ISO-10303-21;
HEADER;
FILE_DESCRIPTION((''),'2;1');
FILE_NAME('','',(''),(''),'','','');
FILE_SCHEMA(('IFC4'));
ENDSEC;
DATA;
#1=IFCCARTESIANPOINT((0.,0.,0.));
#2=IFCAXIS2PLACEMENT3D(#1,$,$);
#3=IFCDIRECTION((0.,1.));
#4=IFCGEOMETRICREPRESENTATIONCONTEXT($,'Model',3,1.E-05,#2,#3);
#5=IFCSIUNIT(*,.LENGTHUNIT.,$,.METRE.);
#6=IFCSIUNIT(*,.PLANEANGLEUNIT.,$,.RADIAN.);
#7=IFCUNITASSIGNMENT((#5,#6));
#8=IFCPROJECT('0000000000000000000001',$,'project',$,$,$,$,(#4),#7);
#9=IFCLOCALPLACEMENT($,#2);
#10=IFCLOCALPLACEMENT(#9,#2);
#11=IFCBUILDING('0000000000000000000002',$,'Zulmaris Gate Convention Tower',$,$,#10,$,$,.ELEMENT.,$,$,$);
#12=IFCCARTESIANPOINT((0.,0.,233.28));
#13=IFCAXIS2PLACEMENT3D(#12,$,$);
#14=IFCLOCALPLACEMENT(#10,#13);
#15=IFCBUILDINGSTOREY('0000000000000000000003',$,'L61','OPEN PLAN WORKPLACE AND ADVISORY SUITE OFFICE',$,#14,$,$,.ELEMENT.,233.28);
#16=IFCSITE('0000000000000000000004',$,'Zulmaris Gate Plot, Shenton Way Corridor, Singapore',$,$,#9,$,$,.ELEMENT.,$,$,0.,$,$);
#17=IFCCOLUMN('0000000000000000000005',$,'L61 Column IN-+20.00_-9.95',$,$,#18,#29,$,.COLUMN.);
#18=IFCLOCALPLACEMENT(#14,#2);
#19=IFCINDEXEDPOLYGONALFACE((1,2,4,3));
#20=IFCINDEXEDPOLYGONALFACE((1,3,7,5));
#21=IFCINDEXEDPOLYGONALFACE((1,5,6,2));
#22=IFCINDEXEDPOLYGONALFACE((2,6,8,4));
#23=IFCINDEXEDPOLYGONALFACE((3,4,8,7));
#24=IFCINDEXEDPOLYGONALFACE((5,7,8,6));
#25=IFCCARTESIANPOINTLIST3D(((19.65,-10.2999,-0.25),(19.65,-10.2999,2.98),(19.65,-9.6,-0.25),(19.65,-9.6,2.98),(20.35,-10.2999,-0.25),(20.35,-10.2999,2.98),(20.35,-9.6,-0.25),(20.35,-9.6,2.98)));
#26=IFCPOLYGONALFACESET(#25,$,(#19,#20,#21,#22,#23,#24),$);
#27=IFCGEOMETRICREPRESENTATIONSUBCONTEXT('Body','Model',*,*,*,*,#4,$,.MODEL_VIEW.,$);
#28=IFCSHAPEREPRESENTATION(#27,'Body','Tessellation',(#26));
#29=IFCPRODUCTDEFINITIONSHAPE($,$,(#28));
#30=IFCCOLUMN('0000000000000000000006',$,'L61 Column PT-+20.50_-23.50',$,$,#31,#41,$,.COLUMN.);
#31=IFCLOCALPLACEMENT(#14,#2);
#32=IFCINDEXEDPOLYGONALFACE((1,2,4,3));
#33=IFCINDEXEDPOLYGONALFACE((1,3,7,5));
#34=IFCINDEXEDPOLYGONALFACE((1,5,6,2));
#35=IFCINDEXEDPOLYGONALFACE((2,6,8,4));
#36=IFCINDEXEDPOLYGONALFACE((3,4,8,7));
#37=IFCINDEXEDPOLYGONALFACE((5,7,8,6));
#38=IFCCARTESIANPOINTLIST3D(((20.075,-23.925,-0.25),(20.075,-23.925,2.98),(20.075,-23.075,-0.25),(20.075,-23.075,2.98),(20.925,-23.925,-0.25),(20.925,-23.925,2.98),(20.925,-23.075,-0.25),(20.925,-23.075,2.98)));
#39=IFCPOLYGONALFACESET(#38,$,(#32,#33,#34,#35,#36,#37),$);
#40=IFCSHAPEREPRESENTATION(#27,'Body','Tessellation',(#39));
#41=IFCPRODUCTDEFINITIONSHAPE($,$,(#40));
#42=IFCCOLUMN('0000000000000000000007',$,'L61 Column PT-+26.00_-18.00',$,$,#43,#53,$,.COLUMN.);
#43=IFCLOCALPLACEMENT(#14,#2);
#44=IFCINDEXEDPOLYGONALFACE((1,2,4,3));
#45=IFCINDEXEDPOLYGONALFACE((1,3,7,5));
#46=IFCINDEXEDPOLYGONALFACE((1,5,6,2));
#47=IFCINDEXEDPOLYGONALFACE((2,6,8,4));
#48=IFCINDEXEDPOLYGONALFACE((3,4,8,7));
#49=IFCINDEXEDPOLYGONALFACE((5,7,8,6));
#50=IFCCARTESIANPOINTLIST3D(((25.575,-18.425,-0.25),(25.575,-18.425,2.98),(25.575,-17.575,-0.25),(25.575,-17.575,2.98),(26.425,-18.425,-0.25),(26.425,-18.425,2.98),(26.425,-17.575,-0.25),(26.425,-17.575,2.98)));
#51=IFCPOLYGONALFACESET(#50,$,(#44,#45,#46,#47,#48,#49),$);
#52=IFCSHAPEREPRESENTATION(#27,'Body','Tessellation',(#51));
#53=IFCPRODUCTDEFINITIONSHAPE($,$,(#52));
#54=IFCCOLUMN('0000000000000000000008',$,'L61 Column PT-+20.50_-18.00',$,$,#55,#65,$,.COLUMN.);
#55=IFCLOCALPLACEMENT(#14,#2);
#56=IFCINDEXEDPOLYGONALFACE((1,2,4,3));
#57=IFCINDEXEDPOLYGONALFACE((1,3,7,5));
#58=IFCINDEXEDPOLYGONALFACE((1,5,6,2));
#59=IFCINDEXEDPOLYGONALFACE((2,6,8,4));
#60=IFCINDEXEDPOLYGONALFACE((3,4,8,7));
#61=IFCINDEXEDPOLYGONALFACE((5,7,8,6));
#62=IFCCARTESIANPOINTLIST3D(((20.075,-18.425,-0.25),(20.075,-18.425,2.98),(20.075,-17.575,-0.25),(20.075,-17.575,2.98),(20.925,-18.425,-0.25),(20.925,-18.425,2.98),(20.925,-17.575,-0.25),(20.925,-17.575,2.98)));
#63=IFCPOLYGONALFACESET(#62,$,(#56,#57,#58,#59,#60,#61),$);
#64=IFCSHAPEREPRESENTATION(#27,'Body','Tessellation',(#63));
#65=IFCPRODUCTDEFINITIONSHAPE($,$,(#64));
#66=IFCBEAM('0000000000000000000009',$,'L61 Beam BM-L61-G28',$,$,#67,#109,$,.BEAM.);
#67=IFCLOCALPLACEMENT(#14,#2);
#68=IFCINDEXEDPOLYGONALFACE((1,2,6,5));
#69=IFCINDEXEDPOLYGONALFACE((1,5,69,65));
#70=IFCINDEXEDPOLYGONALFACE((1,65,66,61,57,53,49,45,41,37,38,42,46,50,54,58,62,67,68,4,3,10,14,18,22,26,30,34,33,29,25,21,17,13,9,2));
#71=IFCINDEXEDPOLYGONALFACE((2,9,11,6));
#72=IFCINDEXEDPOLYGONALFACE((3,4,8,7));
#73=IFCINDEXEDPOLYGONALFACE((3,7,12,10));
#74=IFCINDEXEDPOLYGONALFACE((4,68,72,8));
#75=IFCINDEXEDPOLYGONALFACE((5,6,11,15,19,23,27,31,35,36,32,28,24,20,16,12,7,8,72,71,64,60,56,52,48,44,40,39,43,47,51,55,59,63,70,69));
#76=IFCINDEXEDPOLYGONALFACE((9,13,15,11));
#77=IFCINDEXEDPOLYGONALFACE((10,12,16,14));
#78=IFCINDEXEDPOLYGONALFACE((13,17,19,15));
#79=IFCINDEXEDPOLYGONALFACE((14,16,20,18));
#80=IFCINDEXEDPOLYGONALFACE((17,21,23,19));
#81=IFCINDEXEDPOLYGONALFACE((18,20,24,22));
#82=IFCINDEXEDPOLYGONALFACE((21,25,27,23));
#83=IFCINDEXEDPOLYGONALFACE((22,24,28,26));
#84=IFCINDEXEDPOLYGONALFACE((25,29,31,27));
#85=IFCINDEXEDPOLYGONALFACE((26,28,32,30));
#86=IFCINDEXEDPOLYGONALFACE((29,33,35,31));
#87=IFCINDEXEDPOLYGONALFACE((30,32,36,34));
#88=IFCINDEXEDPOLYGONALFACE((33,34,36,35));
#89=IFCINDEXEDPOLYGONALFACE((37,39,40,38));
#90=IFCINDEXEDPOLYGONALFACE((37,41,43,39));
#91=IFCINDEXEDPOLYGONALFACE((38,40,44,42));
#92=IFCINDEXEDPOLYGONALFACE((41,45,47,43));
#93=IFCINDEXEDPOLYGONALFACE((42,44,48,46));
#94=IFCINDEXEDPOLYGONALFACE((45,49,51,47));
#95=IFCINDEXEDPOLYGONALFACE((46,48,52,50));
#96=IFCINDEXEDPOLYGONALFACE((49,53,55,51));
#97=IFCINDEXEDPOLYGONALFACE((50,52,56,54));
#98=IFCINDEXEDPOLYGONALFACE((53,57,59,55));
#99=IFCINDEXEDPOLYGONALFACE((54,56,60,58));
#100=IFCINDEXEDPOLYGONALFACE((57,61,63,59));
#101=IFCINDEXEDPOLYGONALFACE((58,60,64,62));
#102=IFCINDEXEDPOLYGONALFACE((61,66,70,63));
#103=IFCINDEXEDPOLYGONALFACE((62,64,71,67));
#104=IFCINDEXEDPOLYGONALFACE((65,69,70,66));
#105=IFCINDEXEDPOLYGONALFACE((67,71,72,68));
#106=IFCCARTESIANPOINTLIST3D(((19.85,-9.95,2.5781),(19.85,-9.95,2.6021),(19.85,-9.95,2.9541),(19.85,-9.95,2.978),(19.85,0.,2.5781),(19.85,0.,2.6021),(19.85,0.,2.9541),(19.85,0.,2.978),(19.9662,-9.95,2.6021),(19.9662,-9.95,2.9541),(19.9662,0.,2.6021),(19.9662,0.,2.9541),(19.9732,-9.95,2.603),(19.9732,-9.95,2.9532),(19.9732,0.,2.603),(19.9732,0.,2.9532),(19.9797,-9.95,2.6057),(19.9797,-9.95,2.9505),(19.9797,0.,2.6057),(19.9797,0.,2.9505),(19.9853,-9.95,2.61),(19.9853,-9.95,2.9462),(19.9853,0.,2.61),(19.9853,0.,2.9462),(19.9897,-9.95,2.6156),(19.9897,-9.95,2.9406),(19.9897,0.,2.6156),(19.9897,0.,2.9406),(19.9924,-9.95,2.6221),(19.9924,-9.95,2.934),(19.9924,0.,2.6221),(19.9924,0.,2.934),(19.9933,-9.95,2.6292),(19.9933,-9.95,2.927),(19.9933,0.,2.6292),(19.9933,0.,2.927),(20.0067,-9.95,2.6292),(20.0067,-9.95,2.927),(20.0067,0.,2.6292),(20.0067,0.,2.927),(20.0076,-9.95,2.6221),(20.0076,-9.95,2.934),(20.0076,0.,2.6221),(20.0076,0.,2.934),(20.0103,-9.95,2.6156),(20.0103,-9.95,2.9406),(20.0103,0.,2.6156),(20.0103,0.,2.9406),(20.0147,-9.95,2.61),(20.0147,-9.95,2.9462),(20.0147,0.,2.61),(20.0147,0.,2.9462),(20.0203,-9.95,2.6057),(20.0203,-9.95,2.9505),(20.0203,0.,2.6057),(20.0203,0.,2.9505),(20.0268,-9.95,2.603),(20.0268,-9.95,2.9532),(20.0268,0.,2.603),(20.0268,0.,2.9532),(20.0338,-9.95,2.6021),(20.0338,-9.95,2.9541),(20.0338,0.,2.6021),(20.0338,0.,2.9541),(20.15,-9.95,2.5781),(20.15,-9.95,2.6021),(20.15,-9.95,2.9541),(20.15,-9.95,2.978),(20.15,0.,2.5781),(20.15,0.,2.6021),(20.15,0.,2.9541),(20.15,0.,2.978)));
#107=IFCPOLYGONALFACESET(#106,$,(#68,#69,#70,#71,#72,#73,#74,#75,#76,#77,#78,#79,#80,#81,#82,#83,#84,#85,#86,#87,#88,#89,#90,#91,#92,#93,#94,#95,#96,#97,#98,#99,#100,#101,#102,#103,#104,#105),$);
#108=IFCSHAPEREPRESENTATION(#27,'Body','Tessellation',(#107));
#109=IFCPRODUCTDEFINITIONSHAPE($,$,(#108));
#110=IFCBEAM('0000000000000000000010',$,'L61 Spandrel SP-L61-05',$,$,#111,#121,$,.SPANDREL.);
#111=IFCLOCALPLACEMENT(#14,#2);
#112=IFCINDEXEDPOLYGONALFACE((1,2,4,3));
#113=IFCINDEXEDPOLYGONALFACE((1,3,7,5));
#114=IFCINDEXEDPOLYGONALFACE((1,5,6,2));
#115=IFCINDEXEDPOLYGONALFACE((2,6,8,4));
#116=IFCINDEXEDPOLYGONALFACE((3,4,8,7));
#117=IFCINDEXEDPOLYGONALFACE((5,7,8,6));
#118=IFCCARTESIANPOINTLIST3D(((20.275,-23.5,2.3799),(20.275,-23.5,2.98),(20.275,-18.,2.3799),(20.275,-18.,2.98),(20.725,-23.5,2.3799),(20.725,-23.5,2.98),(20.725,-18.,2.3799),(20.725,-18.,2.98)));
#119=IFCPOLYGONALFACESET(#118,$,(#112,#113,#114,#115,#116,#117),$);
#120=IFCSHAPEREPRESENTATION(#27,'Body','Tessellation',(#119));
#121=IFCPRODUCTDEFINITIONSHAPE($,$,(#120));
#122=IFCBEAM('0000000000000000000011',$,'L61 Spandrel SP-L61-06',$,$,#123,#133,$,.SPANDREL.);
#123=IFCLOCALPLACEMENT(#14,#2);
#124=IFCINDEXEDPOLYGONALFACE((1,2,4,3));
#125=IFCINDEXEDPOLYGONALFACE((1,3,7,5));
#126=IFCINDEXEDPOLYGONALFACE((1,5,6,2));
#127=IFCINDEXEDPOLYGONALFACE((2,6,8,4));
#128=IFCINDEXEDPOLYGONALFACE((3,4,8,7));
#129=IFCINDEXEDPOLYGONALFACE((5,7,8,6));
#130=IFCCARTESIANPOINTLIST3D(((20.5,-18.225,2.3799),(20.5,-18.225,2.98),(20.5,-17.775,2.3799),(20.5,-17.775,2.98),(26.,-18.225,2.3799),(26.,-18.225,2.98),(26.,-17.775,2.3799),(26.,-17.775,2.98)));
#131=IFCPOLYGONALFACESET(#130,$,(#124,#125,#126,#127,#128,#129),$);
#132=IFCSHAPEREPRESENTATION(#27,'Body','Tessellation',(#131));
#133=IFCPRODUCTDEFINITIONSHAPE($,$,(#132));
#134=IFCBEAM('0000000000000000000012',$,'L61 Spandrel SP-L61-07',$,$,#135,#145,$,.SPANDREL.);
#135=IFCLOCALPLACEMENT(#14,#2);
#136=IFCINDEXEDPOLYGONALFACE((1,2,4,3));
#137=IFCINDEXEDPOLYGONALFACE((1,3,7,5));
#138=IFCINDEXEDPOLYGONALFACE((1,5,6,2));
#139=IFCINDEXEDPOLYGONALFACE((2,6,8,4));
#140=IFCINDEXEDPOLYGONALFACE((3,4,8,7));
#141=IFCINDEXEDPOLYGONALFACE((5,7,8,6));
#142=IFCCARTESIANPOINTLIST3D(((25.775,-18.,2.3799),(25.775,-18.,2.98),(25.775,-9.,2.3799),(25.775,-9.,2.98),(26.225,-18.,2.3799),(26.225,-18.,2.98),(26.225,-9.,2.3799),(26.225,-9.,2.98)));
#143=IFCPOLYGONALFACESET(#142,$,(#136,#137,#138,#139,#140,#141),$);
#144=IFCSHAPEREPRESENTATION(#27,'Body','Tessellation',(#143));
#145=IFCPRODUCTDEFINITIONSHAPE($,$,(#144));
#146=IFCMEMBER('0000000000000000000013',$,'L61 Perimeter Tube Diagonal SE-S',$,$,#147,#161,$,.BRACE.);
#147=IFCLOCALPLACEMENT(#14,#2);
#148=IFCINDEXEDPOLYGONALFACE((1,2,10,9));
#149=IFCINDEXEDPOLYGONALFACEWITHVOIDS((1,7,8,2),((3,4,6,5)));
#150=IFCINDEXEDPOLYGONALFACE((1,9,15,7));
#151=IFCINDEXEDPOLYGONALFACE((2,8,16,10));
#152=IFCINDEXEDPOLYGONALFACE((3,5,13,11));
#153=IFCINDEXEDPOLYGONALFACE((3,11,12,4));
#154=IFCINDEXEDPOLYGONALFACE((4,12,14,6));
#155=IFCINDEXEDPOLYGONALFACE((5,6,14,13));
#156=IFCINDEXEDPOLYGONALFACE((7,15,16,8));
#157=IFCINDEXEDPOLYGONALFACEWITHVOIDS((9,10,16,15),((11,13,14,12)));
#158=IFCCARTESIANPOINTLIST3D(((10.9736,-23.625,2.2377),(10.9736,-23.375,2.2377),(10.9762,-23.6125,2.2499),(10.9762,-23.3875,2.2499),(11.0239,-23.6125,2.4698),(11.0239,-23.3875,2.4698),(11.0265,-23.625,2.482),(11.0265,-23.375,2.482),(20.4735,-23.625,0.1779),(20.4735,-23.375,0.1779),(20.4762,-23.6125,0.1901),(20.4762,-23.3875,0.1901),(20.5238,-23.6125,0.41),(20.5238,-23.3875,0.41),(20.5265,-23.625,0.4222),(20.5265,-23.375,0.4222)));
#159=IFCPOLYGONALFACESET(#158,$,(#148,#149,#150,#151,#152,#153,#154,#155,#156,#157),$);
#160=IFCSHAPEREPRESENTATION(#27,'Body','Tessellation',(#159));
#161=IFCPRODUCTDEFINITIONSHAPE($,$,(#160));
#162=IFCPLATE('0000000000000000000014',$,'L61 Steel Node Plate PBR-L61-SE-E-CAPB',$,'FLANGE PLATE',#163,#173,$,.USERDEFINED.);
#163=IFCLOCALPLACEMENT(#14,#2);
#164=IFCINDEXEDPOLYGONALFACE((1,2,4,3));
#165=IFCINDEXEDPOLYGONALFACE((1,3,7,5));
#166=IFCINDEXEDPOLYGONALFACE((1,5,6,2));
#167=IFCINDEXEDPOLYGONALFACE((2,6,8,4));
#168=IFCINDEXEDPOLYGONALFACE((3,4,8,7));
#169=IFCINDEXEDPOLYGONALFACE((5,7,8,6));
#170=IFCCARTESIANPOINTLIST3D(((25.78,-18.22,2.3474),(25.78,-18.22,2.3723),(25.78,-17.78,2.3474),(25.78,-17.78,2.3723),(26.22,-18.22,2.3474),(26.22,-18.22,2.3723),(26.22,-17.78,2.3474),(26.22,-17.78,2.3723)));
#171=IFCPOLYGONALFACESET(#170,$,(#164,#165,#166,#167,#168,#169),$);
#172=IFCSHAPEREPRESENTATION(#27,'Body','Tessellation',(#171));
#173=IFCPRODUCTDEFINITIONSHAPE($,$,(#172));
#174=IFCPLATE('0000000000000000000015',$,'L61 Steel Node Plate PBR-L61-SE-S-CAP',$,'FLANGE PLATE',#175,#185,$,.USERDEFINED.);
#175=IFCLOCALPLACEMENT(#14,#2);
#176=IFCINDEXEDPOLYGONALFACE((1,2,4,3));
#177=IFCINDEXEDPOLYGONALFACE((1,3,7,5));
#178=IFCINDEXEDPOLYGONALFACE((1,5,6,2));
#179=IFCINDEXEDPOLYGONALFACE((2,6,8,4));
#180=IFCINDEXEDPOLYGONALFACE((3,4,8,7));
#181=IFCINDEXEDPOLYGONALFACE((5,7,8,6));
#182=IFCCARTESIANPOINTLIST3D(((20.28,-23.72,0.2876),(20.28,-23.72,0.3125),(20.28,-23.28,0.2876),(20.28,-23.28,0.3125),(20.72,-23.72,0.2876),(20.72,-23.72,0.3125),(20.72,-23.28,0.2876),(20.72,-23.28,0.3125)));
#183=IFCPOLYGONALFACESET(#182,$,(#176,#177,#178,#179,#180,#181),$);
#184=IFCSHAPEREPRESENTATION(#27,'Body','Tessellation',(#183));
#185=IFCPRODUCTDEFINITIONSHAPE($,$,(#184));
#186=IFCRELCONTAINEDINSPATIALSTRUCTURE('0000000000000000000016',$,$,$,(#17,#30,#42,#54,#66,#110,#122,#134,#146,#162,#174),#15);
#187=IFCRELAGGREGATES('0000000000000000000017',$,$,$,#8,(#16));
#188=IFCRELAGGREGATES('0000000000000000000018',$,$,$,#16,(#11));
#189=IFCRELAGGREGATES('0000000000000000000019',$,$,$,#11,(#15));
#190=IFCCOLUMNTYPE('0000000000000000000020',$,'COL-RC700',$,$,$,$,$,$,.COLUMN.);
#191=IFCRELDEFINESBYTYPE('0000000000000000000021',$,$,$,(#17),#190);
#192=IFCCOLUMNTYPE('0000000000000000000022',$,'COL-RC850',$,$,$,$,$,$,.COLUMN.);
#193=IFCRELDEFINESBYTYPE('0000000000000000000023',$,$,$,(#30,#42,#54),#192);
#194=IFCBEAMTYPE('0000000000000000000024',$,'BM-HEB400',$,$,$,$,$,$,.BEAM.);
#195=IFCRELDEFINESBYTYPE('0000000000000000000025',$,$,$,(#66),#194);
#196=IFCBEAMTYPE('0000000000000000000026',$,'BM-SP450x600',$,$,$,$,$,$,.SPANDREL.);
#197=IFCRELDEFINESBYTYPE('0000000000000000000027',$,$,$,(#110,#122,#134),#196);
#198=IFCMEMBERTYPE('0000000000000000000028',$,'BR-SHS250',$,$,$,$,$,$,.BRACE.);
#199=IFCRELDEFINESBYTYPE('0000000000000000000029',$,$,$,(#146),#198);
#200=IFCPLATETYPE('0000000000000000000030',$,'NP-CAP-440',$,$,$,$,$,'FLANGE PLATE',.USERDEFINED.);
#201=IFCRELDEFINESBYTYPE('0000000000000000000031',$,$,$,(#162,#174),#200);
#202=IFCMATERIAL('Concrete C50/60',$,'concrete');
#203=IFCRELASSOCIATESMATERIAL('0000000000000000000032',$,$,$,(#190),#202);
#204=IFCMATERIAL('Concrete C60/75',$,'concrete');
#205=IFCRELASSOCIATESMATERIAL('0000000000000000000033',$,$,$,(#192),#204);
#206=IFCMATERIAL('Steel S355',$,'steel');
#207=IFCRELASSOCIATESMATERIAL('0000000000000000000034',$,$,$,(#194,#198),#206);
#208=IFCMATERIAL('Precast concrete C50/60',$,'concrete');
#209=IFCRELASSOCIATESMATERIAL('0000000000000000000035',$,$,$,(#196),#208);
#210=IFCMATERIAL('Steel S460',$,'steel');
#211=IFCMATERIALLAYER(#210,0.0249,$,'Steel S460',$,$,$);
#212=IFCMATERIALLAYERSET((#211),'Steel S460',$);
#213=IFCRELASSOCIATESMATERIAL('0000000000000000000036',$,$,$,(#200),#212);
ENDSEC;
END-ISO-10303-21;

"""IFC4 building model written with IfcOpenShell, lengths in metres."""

from ifc_helpers import new_model, si_unit, direction, frame, origin, origin_2d, place, context, subcontext, project, spatial, rectangle, hollow_rectangle, i_section, extrude, material, layer, layer_set, material_profile, profile_set, type_object, element, save


model = new_model("IFC4")

# Units and contexts
model_context = context("Model", 3, precision=1e-05, world=origin(), true_north=direction((0.0, 1.0)))
body_context = subcontext(model_context, "Body", "Model", "MODEL_VIEW")
ifc_project = project(units=[si_unit("LENGTHUNIT", "METRE"), si_unit("PLANEANGLEUNIT", "RADIAN")], contexts=[model_context])

# Site, building, storey
site_placement = place(None, origin())
site = spatial("IfcSite", under=ifc_project, at=site_placement, Name="Zulmaris Gate Plot, Shenton Way Corridor, Singapore", CompositionType="ELEMENT", RefElevation=0.0)
building_placement = place(site_placement, origin())
building = spatial("IfcBuilding", under=site, at=building_placement, Name="Zulmaris Gate Convention Tower", CompositionType="ELEMENT")
storey_placement = place(building_placement, frame((0.0, 0.0, 233.28)))
storey = spatial("IfcBuildingStorey", under=building, at=storey_placement, Name="L61", Description="OPEN PLAN WORKPLACE AND ADVISORY SUITE OFFICE", CompositionType="ELEMENT", Elevation=233.28)

# Columns
ifc_material_1 = material(Name="Concrete C50/60", Category="concrete")
ifc_material_profile_1 = material_profile(ifc_material_1, rectangle(XDim=0.7, YDim=0.7, at=origin_2d()), Name="RC COL 700x700")
ifc_profile_set_1 = profile_set([ifc_material_profile_1], Name="Concrete C50/60")
column_type_1 = type_object("IfcColumnType", Name="COL-RC700", PredefinedType="COLUMN", material=ifc_profile_set_1)
column_placement = place(storey_placement, frame((20.0, -9.95, -0.25), z_axis=(0.0, 0.0, 1.0), x_axis=(1.0, 0.0, 0.0)))
element("IfcColumn", 1, at=column_placement, inside=storey, type_object=column_type_1, Name="L61 Column IN-+20.00_-9.95", PredefinedType="COLUMN", context=body_context, shape_type="SweptSolid", body=[
    extrude(rectangle(XDim=0.7, YDim=0.7, at=origin_2d()), origin(), (0.0, 0.0, 1.0), 3.23),
])
ifc_material_2 = material(Name="Concrete C60/75", Category="concrete")
ifc_material_profile_2 = material_profile(ifc_material_2, rectangle(XDim=0.8501, YDim=0.8501, at=origin_2d()), Name="RC COL 850x850")
ifc_profile_set_2 = profile_set([ifc_material_profile_2], Name="Concrete C60/75")
column_type_2 = type_object("IfcColumnType", Name="COL-RC850", PredefinedType="COLUMN", material=ifc_profile_set_2)
for number, where, z_axis, x_axis, name in (
    (2, (20.5, -23.5, -0.25), (0.0, 0.0, 1.0), (1.0, 0.0, 0.0), "L61 Column PT-+20.50_-23.50"),
    (3, (26.0, -18.0, -0.25), (0.0, 0.0, 1.0), (1.0, 0.0, 0.0), "L61 Column PT-+26.00_-18.00"),
    (4, (20.5, -18.0, -0.25), (0.0, 0.0, 1.0), (1.0, 0.0, 0.0), "L61 Column PT-+20.50_-18.00"),
):
    element("IfcColumn", number, at=place(storey_placement, frame(where, z_axis=z_axis, x_axis=x_axis)), inside=storey, type_object=column_type_2, Name=name, PredefinedType="COLUMN", context=body_context, shape_type="SweptSolid", body=[
        extrude(rectangle(XDim=0.8501, YDim=0.8501, at=origin_2d()), origin(), (0.0, 0.0, 1.0), 3.23),
    ])

# Beams
ifc_material_3 = material(Name="Steel S355", Category="steel")
ifc_material_profile_3 = material_profile(ifc_material_3, i_section(OverallWidth=0.3, OverallDepth=0.3999, WebThickness=0.0134, FlangeThickness=0.0239, FilletRadius=0.0271, at=origin_2d()), Name="HEB 400")
ifc_profile_set_3 = profile_set([ifc_material_profile_3], Name="Steel S355")
beam_type_1 = type_object("IfcBeamType", Name="BM-HEB400", PredefinedType="BEAM", material=ifc_profile_set_3)
beam_1_placement = place(storey_placement, frame((20.0, -9.95, 2.7781), z_axis=(0.0, 1.0, 0.0), x_axis=(-1.0, 0.0, 0.0)))
element("IfcBeam", 5, at=beam_1_placement, inside=storey, type_object=beam_type_1, Name="L61 Beam BM-L61-G28", PredefinedType="BEAM", context=body_context, shape_type="SweptSolid", body=[
    extrude(i_section(OverallWidth=0.3, OverallDepth=0.3999, WebThickness=0.0134, FlangeThickness=0.0239, FilletRadius=0.0271, at=origin_2d()), origin(), (0.0, 0.0, 1.0), 9.95),
])
ifc_material_4 = material(Name="Precast concrete C50/60", Category="concrete")
ifc_material_profile_4 = material_profile(ifc_material_4, rectangle(XDim=0.45, YDim=0.6001, at=origin_2d()), Name="RC SPANDREL 450x600")
ifc_profile_set_4 = profile_set([ifc_material_profile_4], Name="Precast concrete C50/60")
beam_type_2 = type_object("IfcBeamType", Name="BM-SP450x600", PredefinedType="SPANDREL", material=ifc_profile_set_4)
for number, where, z_axis, x_axis, name in (
    (6, (20.5, -23.5, 2.6799), (0.0, 1.0, 0.0), (-1.0, 0.0, 0.0), "L61 Spandrel SP-L61-05"),
    (7, (20.5, -18.0, 2.6799), (1.0, 0.0, 0.0), (0.0, 1.0, 0.0), "L61 Spandrel SP-L61-06"),
):
    element("IfcBeam", number, at=place(storey_placement, frame(where, z_axis=z_axis, x_axis=x_axis)), inside=storey, type_object=beam_type_2, Name=name, PredefinedType="SPANDREL", context=body_context, shape_type="SweptSolid", body=[
        extrude(rectangle(XDim=0.45, YDim=0.6001, at=origin_2d()), origin(), (0.0, 0.0, 1.0), 5.5),
    ])
beam_2_placement = place(storey_placement, frame((26.0, -18.0, 2.6799), z_axis=(0.0, 1.0, 0.0), x_axis=(-1.0, 0.0, 0.0)))
element("IfcBeam", 8, at=beam_2_placement, inside=storey, type_object=beam_type_2, Name="L61 Spandrel SP-L61-07", PredefinedType="SPANDREL", context=body_context, shape_type="SweptSolid", body=[
    extrude(rectangle(XDim=0.45, YDim=0.6001, at=origin_2d()), origin(), (0.0, 0.0, 1.0), 9.0),
])

# Member
ifc_material_profile_5 = material_profile(ifc_material_3, hollow_rectangle(XDim=0.25, YDim=0.25, WallThickness=0.0125, at=origin_2d()), Name="SHS 250x250x12.5")
ifc_profile_set_5 = profile_set([ifc_material_profile_5], Name="Steel S355")
member_type = type_object("IfcMemberType", Name="BR-SHS250", PredefinedType="BRACE", material=ifc_profile_set_5)
member_placement = place(storey_placement, frame((20.5, -23.5, 0.3), z_axis=(-0.977292, 0.0, 0.211899), x_axis=(0.0, -1.0, 0.0)))
element("IfcMember", 9, at=member_placement, inside=storey, type_object=member_type, Name="L61 Perimeter Tube Diagonal SE-S", PredefinedType="BRACE", context=body_context, shape_type="SweptSolid", body=[
    extrude(hollow_rectangle(XDim=0.25, YDim=0.25, WallThickness=0.0125, at=origin_2d()), origin(), (0.0, 0.0, 1.0), 9.7207),
])

# Plates
ifc_material_5 = material(Name="Steel S460", Category="steel")
ifc_layer_1 = layer(ifc_material_5, 0.0249, Name="Steel S460")
ifc_layer_set_1 = layer_set([ifc_layer_1], Name="Steel S460")
plate_type = type_object("IfcPlateType", Name="NP-CAP-440", ElementType="FLANGE PLATE", PredefinedType="USERDEFINED", material=ifc_layer_set_1)
for number, where, z_axis, x_axis, name in (
    (10, (26.0, -18.0, 2.3474), (0.0, 0.0, 1.0), (1.0, 0.0, 0.0), "L61 Steel Node Plate PBR-L61-SE-E-CAPB"),
    (11, (20.5, -23.5, 0.2876), (0.0, 0.0, 1.0), (1.0, 0.0, 0.0), "L61 Steel Node Plate PBR-L61-SE-S-CAP"),
):
    element("IfcPlate", number, at=place(storey_placement, frame(where, z_axis=z_axis, x_axis=x_axis)), inside=storey, type_object=plate_type, Name=name, ObjectType="FLANGE PLATE", PredefinedType="USERDEFINED", context=body_context, shape_type="SweptSolid", body=[
        extrude(rectangle(XDim=0.4399, YDim=0.4399, at=origin_2d()), origin(), (0.0, 0.0, 1.0), 0.0249),
    ])

save(model, "model.ifc")
